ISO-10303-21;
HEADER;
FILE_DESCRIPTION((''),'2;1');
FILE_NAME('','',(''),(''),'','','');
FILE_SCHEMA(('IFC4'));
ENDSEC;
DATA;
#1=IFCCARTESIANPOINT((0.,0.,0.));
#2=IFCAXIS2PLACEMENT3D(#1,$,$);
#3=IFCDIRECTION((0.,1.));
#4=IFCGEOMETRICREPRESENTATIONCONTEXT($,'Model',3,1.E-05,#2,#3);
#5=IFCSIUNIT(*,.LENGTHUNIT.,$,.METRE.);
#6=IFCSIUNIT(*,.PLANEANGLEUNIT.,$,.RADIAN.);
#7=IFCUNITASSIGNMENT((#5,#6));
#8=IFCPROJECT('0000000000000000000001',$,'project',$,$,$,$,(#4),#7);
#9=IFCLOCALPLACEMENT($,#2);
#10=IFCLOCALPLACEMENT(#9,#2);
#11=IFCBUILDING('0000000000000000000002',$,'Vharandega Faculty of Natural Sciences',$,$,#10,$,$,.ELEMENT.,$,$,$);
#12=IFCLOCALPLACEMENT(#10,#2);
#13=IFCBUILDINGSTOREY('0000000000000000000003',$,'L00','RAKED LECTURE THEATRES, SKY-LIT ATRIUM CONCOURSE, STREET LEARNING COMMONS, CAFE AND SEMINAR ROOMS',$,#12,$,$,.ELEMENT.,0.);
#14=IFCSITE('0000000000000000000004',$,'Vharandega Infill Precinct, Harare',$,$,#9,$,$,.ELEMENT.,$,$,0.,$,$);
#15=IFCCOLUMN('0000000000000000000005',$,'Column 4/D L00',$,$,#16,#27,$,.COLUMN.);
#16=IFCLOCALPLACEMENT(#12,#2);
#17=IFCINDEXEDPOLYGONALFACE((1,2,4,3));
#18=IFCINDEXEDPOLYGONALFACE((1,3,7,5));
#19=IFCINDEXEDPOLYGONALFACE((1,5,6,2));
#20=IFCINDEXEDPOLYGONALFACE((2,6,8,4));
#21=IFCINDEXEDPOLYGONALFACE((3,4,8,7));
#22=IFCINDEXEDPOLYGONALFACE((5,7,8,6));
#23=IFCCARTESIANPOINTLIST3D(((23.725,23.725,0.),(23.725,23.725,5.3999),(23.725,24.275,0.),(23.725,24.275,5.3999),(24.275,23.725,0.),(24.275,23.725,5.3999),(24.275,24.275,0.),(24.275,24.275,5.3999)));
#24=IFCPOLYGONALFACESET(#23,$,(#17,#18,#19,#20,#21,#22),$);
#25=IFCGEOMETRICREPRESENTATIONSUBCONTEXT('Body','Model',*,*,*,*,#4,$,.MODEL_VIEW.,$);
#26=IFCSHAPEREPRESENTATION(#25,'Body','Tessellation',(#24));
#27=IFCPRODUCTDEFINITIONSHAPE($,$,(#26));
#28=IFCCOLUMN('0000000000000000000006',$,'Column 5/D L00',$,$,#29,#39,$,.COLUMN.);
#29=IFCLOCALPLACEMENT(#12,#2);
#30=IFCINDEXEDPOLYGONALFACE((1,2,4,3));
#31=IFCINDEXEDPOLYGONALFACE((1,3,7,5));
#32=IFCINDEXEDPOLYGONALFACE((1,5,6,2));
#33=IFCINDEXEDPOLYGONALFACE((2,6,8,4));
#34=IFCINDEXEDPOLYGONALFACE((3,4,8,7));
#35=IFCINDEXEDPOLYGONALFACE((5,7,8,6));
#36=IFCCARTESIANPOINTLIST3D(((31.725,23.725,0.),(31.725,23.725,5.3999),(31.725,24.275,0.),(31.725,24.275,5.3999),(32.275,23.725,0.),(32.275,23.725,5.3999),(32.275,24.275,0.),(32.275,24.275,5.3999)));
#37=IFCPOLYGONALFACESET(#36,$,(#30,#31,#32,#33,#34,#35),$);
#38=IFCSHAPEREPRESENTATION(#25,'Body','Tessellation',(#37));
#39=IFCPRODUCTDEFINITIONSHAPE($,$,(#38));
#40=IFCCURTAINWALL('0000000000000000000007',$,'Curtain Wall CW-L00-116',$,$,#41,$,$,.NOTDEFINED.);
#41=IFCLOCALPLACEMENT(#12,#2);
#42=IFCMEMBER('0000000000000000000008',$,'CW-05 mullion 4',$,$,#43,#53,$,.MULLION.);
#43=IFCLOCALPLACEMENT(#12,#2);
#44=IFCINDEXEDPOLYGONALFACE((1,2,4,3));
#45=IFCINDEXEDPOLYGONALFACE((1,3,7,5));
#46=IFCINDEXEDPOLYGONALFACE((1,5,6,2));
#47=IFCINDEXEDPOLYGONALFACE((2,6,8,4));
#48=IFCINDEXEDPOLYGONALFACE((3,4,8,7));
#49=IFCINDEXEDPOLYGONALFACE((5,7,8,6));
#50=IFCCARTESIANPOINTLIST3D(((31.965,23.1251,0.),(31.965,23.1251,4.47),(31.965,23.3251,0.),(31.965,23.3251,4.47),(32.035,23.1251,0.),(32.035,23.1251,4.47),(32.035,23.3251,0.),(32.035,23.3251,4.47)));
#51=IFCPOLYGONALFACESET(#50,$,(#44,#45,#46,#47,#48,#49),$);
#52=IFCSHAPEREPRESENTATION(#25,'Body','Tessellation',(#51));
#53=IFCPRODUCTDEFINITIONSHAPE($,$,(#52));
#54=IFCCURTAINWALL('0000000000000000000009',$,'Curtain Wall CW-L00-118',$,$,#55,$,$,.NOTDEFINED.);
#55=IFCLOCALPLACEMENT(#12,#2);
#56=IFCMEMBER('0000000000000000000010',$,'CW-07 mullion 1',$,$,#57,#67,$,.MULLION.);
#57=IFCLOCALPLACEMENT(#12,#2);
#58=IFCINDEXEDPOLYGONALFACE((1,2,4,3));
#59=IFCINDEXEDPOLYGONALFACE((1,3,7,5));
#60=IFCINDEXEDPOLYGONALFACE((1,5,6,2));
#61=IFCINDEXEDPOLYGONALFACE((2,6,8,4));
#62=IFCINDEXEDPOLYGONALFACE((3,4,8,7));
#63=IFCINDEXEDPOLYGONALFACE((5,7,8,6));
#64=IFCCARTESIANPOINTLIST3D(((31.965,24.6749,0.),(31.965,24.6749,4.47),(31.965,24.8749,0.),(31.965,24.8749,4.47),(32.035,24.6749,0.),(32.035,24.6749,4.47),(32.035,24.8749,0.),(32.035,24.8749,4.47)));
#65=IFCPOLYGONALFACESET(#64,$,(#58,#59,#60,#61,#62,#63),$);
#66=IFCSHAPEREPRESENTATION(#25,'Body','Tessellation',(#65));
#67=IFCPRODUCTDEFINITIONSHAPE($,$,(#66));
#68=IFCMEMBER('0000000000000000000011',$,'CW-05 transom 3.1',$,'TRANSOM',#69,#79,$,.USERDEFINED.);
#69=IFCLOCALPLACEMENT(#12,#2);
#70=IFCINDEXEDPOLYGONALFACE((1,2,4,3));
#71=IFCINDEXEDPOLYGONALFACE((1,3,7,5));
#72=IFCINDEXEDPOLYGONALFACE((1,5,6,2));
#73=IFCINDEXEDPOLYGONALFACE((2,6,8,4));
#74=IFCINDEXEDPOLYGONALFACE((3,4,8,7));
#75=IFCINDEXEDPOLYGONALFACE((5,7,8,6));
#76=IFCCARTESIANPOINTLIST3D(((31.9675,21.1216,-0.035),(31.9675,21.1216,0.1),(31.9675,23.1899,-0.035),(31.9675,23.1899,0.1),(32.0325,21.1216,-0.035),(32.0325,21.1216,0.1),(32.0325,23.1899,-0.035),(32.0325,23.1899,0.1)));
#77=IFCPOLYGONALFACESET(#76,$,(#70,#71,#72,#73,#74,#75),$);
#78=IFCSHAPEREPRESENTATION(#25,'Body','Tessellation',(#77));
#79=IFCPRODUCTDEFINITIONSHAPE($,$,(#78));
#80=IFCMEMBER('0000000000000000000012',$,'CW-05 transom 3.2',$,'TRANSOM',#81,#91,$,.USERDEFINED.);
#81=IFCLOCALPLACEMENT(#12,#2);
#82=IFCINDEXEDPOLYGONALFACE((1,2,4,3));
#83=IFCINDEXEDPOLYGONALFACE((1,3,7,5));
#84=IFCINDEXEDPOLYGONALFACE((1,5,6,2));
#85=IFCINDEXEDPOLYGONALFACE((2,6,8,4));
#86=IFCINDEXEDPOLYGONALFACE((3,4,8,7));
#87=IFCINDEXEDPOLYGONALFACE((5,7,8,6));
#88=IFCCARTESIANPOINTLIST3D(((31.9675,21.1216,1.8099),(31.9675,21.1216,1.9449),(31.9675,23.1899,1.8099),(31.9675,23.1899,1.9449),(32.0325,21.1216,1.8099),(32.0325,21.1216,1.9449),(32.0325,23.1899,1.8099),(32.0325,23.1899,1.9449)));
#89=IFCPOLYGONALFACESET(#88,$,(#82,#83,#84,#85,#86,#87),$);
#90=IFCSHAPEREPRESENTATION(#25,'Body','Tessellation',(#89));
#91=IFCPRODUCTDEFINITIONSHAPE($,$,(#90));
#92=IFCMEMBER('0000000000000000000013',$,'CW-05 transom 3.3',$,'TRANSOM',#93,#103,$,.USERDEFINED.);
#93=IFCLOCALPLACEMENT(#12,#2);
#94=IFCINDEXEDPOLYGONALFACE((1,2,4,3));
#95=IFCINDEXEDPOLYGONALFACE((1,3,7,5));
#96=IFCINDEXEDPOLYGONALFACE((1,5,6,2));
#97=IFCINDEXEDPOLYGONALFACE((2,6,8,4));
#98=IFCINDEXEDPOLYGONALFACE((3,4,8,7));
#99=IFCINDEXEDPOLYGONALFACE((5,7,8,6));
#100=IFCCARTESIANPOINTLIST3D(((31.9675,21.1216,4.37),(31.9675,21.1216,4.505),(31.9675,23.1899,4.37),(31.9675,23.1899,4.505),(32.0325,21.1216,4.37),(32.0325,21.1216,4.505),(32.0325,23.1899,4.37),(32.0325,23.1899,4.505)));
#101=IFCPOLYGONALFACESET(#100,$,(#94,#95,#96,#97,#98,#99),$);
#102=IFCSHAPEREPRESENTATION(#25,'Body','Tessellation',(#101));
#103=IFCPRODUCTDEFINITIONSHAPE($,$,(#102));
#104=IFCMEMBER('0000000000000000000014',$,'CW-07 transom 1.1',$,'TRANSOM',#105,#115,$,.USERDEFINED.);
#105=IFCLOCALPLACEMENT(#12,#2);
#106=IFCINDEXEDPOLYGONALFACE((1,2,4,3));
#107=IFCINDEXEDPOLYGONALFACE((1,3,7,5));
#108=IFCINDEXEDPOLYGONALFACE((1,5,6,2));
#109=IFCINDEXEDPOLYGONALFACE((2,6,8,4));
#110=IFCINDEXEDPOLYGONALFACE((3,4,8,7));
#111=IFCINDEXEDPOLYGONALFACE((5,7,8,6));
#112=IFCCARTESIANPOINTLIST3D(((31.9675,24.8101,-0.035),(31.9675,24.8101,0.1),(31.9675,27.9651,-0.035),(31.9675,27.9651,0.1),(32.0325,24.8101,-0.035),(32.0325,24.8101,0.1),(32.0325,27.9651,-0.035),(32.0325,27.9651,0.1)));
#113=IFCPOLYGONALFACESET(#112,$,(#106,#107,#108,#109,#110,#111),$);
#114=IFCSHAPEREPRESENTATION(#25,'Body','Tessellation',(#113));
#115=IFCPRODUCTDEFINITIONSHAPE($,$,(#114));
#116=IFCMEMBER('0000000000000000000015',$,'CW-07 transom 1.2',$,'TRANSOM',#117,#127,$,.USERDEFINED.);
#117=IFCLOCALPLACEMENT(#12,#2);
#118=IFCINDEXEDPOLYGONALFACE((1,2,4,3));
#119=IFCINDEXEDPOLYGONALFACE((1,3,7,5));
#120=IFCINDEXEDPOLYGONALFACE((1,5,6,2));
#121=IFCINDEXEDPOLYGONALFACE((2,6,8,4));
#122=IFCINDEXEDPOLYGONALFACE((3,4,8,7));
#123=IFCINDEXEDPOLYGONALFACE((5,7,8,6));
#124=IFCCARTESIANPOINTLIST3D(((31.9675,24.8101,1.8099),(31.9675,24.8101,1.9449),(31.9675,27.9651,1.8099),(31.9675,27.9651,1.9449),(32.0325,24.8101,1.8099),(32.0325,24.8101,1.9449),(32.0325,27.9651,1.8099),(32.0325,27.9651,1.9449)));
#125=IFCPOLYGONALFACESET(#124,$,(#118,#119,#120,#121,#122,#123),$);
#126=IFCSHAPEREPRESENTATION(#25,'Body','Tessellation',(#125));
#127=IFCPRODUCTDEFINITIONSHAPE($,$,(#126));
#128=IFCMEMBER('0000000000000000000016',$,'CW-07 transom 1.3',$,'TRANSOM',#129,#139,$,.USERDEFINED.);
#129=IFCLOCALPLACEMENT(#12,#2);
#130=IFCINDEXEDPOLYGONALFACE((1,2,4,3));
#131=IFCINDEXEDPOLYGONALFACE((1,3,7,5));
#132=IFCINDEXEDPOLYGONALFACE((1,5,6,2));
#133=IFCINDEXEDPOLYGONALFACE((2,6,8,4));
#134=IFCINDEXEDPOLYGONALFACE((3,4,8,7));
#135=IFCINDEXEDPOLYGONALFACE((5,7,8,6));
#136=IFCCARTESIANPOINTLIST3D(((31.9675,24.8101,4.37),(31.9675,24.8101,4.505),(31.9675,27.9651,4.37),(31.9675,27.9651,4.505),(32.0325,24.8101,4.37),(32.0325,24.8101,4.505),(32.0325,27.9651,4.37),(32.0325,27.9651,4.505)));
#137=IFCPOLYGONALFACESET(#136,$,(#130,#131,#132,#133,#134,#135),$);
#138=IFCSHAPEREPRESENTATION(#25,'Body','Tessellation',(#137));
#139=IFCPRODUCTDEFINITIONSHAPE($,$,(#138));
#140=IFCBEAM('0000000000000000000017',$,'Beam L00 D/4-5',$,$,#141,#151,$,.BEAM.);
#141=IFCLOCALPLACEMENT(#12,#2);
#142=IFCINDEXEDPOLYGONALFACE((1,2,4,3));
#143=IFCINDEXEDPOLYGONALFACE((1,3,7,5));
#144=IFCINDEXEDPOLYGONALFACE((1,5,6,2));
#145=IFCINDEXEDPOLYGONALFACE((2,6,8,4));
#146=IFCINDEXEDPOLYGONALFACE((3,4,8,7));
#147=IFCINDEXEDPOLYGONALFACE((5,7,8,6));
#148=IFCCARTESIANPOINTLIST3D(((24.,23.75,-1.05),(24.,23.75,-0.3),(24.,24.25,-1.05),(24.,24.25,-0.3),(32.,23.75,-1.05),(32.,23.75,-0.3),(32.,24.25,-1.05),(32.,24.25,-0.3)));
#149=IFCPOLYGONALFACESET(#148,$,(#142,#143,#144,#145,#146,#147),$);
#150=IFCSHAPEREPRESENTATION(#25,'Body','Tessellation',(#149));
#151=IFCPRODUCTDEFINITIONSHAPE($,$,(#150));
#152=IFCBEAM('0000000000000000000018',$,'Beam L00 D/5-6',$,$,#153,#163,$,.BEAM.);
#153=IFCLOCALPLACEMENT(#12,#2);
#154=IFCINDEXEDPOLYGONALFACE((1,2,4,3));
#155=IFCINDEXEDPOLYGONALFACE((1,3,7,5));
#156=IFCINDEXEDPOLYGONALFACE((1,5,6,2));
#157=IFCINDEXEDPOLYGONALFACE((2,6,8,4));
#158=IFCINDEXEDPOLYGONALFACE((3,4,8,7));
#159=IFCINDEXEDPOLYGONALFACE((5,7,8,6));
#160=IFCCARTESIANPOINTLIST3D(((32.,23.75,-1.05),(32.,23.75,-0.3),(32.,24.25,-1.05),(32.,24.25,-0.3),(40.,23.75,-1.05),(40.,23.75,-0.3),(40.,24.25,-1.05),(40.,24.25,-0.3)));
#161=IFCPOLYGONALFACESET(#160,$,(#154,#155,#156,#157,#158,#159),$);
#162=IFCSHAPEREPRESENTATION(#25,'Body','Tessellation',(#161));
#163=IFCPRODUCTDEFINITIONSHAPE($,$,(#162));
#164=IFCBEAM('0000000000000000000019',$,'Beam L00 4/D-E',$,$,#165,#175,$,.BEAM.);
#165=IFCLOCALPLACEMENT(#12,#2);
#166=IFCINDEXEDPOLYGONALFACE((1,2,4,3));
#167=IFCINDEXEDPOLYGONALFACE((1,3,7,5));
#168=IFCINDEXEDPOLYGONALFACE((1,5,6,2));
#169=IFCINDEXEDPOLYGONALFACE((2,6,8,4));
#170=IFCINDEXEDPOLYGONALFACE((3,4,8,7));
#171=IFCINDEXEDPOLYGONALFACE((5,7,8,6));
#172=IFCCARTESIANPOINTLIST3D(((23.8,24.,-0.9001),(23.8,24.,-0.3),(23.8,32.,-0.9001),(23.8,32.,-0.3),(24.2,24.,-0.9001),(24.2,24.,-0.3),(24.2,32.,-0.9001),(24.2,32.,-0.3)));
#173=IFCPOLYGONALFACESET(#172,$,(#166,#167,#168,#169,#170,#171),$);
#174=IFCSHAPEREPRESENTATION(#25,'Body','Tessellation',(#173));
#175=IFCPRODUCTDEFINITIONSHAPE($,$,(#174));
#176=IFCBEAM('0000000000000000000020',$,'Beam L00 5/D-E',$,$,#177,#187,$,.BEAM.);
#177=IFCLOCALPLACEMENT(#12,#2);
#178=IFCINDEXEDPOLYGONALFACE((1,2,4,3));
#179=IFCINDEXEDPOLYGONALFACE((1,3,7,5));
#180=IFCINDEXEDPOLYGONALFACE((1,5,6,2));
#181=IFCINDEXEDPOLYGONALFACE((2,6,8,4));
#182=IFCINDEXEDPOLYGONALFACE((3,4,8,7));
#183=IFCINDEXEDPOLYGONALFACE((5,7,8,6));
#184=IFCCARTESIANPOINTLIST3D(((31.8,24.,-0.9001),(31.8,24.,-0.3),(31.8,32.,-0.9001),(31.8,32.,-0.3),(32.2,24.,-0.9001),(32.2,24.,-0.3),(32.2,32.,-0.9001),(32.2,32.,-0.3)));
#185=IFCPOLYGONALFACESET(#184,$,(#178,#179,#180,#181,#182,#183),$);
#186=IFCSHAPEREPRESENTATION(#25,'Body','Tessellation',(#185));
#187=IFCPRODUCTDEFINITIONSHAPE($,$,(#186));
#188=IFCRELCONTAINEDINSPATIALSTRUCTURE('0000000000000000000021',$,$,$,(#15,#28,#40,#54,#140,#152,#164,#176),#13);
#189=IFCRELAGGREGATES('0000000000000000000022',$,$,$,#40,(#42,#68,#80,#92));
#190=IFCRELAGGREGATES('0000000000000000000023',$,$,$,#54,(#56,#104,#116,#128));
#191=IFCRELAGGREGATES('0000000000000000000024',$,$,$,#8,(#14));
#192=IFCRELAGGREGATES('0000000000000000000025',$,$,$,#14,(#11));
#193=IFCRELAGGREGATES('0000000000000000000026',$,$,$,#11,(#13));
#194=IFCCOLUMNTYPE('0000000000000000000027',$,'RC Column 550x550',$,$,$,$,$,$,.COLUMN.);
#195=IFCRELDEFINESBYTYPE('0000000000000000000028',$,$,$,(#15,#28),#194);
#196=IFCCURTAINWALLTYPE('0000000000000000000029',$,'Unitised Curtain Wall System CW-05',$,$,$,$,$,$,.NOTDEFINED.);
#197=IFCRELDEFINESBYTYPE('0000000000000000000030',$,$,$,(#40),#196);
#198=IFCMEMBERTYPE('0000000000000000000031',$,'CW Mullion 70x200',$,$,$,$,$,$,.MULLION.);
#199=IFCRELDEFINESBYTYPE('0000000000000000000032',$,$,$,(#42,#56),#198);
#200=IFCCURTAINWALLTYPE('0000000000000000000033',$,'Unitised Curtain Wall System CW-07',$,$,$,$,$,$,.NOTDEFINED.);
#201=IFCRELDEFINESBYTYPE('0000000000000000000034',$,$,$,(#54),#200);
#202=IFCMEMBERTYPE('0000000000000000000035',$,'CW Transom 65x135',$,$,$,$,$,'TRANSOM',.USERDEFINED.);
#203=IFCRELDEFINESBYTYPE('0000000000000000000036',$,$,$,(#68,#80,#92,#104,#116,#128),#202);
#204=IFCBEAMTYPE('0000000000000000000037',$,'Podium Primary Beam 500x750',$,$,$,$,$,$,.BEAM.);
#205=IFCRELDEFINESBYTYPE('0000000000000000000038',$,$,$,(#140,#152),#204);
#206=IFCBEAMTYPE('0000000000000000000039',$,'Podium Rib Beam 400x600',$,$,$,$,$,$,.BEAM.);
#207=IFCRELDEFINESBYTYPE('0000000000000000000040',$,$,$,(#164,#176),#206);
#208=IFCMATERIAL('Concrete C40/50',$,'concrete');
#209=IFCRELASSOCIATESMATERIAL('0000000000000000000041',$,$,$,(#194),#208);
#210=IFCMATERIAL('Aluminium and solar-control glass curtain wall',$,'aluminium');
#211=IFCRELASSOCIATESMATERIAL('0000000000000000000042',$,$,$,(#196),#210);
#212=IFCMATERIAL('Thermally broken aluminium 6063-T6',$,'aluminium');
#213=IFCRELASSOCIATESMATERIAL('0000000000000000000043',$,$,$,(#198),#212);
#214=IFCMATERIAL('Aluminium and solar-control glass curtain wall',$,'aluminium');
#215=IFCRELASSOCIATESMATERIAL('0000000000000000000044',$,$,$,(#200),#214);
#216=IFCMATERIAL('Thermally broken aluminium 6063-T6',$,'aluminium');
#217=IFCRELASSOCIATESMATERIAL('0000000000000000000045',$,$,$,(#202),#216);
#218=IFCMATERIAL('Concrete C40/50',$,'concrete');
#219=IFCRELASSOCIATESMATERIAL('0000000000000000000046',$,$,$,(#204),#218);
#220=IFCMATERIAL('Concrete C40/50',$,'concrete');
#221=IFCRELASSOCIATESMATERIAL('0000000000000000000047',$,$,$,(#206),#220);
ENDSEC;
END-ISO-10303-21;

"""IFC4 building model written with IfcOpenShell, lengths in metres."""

from ifc_helpers import new_model, si_unit, direction, frame, origin, origin_2d, place, context, subcontext, project, spatial, rectangle, extrude, material, material_profile, profile_set, type_object, element, aggregate, save


model = new_model("IFC4")

# Units and contexts
model_context = context("Model", 3, precision=1e-05, world=origin(), true_north=direction((0.0, 1.0)))
body_context = subcontext(model_context, "Body", "Model", "MODEL_VIEW")
ifc_project = project(units=[si_unit("LENGTHUNIT", "METRE"), si_unit("PLANEANGLEUNIT", "RADIAN")], contexts=[model_context])

# Site, building, storey
site_placement = place(None, origin())
site = spatial("IfcSite", under=ifc_project, at=site_placement, Name="Vharandega Infill Precinct, Harare", CompositionType="ELEMENT", RefElevation=0.0)
building_placement = place(site_placement, origin())
building = spatial("IfcBuilding", under=site, at=building_placement, Name="Vharandega Faculty of Natural Sciences", CompositionType="ELEMENT")
storey_placement = place(building_placement, origin())
storey = spatial("IfcBuildingStorey", under=building, at=storey_placement, Name="L00", Description="RAKED LECTURE THEATRES, SKY-LIT ATRIUM CONCOURSE, STREET LEARNING COMMONS, CAFE AND SEMINAR ROOMS", CompositionType="ELEMENT", Elevation=0.0)

# Columns
ifc_material_1 = material(Name="Concrete C40/50", Category="concrete")
ifc_material_profile_1 = material_profile(ifc_material_1, rectangle(XDim=0.55, YDim=0.55, at=origin_2d()), Name="RC 550x550")
ifc_profile_set_1 = profile_set([ifc_material_profile_1], Name="Concrete C40/50")
column_type = type_object("IfcColumnType", Name="RC Column 550x550", PredefinedType="COLUMN", material=ifc_profile_set_1)
for number, where, z_axis, x_axis, name in (
    (1, (24.0, 24.0, 0.0), (0.0, 0.0, 1.0), (1.0, 0.0, 0.0), "Column 4/D L00"),
    (2, (32.0, 24.0, 0.0), (0.0, 0.0, 1.0), (1.0, 0.0, 0.0), "Column 5/D L00"),
):
    element("IfcColumn", number, at=place(storey_placement, frame(where, z_axis=z_axis, x_axis=x_axis)), inside=storey, type_object=column_type, Name=name, PredefinedType="COLUMN", context=body_context, shape_type="SweptSolid", body=[
        extrude(rectangle(XDim=0.55, YDim=0.55, at=origin_2d()), origin(), (0.0, 0.0, 1.0), 5.3999),
    ])

# Curtain walls, members
ifc_material_2 = material(Name="Aluminium and solar-control glass curtain wall", Category="aluminium")
curtain_wall_type_1 = type_object("IfcCurtainWallType", Name="Unitised Curtain Wall System CW-05", PredefinedType="NOTDEFINED", material=ifc_material_2)
curtain_wall_1_placement = place(storey_placement, origin())
curtain_wall_1 = element("IfcCurtainWall", 3, at=curtain_wall_1_placement, inside=storey, type_object=curtain_wall_type_1, Name="Curtain Wall CW-L00-116", PredefinedType="NOTDEFINED")
ifc_material_3 = material(Name="Thermally broken aluminium 6063-T6", Category="aluminium")
ifc_material_profile_2 = material_profile(ifc_material_3, rectangle(XDim=0.0701, YDim=0.2, at=origin_2d()), Name="ALU 70x200")
ifc_profile_set_2 = profile_set([ifc_material_profile_2], Name="Thermally broken aluminium 6063-T6")
member_type_1 = type_object("IfcMemberType", Name="CW Mullion 70x200", PredefinedType="MULLION", material=ifc_profile_set_2)
member_1_placement = place(storey_placement, frame((32.0, 23.2251, 0.0), z_axis=(0.0, 0.0, 1.0), x_axis=(-1.0, 0.0, 0.0)))
member_1 = element("IfcMember", 4, at=member_1_placement, type_object=member_type_1, Name="CW-05 mullion 4", PredefinedType="MULLION", context=body_context, shape_type="SweptSolid", body=[
    extrude(rectangle(XDim=0.0701, YDim=0.2, at=origin_2d()), origin(), (0.0, 0.0, 1.0), 4.47),
])
ifc_material_4 = material(Name="Aluminium and solar-control glass curtain wall", Category="aluminium")
curtain_wall_type_2 = type_object("IfcCurtainWallType", Name="Unitised Curtain Wall System CW-07", PredefinedType="NOTDEFINED", material=ifc_material_4)
curtain_wall_2_placement = place(storey_placement, origin())
curtain_wall_2 = element("IfcCurtainWall", 5, at=curtain_wall_2_placement, inside=storey, type_object=curtain_wall_type_2, Name="Curtain Wall CW-L00-118", PredefinedType="NOTDEFINED")
member_2_placement = place(storey_placement, frame((32.0, 24.7749, 0.0), z_axis=(0.0, 0.0, 1.0), x_axis=(-1.0, 0.0, 0.0)))
member_2 = element("IfcMember", 6, at=member_2_placement, type_object=member_type_1, Name="CW-07 mullion 1", PredefinedType="MULLION", context=body_context, shape_type="SweptSolid", body=[
    extrude(rectangle(XDim=0.0701, YDim=0.2, at=origin_2d()), origin(), (0.0, 0.0, 1.0), 4.47),
])

# Members
ifc_material_5 = material(Name="Thermally broken aluminium 6063-T6", Category="aluminium")
ifc_material_profile_3 = material_profile(ifc_material_5, rectangle(XDim=0.0649, YDim=0.135, at=origin_2d()), Name="ALU 65x135")
ifc_profile_set_3 = profile_set([ifc_material_profile_3], Name="Thermally broken aluminium 6063-T6")
member_type_2 = type_object("IfcMemberType", Name="CW Transom 65x135", ElementType="TRANSOM", PredefinedType="USERDEFINED", material=ifc_profile_set_3)
member_3_placement = place(storey_placement, frame((32.0, 21.1216, 0.0325), z_axis=(0.0, 1.0, 0.0), x_axis=(-1.0, 0.0, 0.0)))
member_3 = element("IfcMember", 7, at=member_3_placement, type_object=member_type_2, Name="CW-05 transom 3.1", ObjectType="TRANSOM", PredefinedType="USERDEFINED", context=body_context, shape_type="SweptSolid", body=[
    extrude(rectangle(XDim=0.0649, YDim=0.135, at=origin_2d()), origin(), (0.0, 0.0, 1.0), 2.0684),
])
member_4_placement = place(storey_placement, frame((32.0, 21.1216, 1.8774), z_axis=(0.0, 1.0, 0.0), x_axis=(-1.0, 0.0, 0.0)))
member_4 = element("IfcMember", 8, at=member_4_placement, type_object=member_type_2, Name="CW-05 transom 3.2", ObjectType="TRANSOM", PredefinedType="USERDEFINED", context=body_context, shape_type="SweptSolid", body=[
    extrude(rectangle(XDim=0.0649, YDim=0.135, at=origin_2d()), origin(), (0.0, 0.0, 1.0), 2.0684),
])
member_5_placement = place(storey_placement, frame((32.0, 21.1216, 4.4375), z_axis=(0.0, 1.0, 0.0), x_axis=(-1.0, 0.0, 0.0)))
member_5 = element("IfcMember", 9, at=member_5_placement, type_object=member_type_2, Name="CW-05 transom 3.3", ObjectType="TRANSOM", PredefinedType="USERDEFINED", context=body_context, shape_type="SweptSolid", body=[
    extrude(rectangle(XDim=0.0649, YDim=0.135, at=origin_2d()), origin(), (0.0, 0.0, 1.0), 2.0684),
])
member_6_placement = place(storey_placement, frame((32.0, 24.8101, 0.0325), z_axis=(0.0, 1.0, 0.0), x_axis=(-1.0, 0.0, 0.0)))
member_6 = element("IfcMember", 10, at=member_6_placement, type_object=member_type_2, Name="CW-07 transom 1.1", ObjectType="TRANSOM", PredefinedType="USERDEFINED", context=body_context, shape_type="SweptSolid", body=[
    extrude(rectangle(XDim=0.0649, YDim=0.135, at=origin_2d()), origin(), (0.0, 0.0, 1.0), 3.155),
])
member_7_placement = place(storey_placement, frame((32.0, 24.8101, 1.8774), z_axis=(0.0, 1.0, 0.0), x_axis=(-1.0, 0.0, 0.0)))
member_7 = element("IfcMember", 11, at=member_7_placement, type_object=member_type_2, Name="CW-07 transom 1.2", ObjectType="TRANSOM", PredefinedType="USERDEFINED", context=body_context, shape_type="SweptSolid", body=[
    extrude(rectangle(XDim=0.0649, YDim=0.135, at=origin_2d()), origin(), (0.0, 0.0, 1.0), 3.155),
])
member_8_placement = place(storey_placement, frame((32.0, 24.8101, 4.4375), z_axis=(0.0, 1.0, 0.0), x_axis=(-1.0, 0.0, 0.0)))
member_8 = element("IfcMember", 12, at=member_8_placement, type_object=member_type_2, Name="CW-07 transom 1.3", ObjectType="TRANSOM", PredefinedType="USERDEFINED", context=body_context, shape_type="SweptSolid", body=[
    extrude(rectangle(XDim=0.0649, YDim=0.135, at=origin_2d()), origin(), (0.0, 0.0, 1.0), 3.155),
])

# Beams
ifc_material_6 = material(Name="Concrete C40/50", Category="concrete")
ifc_material_profile_4 = material_profile(ifc_material_6, rectangle(XDim=0.5, YDim=0.75, at=origin_2d()), Name="RC 500x750")
ifc_profile_set_4 = profile_set([ifc_material_profile_4], Name="Concrete C40/50")
beam_type_1 = type_object("IfcBeamType", Name="Podium Primary Beam 500x750", PredefinedType="BEAM", material=ifc_profile_set_4)
for number, where, z_axis, x_axis, name in (
    (13, (24.0, 24.0, -0.675), (1.0, 0.0, 0.0), (0.0, 1.0, 0.0), "Beam L00 D/4-5"),
    (14, (32.0, 24.0, -0.675), (1.0, 0.0, 0.0), (0.0, 1.0, 0.0), "Beam L00 D/5-6"),
):
    element("IfcBeam", number, at=place(storey_placement, frame(where, z_axis=z_axis, x_axis=x_axis)), inside=storey, type_object=beam_type_1, Name=name, PredefinedType="BEAM", context=body_context, shape_type="SweptSolid", body=[
        extrude(rectangle(XDim=0.5, YDim=0.75, at=origin_2d()), origin(), (0.0, 0.0, 1.0), 8.0),
    ])
ifc_material_7 = material(Name="Concrete C40/50", Category="concrete")
ifc_material_profile_5 = material_profile(ifc_material_7, rectangle(XDim=0.3999, YDim=0.6001, at=origin_2d()), Name="RC 400x600")
ifc_profile_set_5 = profile_set([ifc_material_profile_5], Name="Concrete C40/50")
beam_type_2 = type_object("IfcBeamType", Name="Podium Rib Beam 400x600", PredefinedType="BEAM", material=ifc_profile_set_5)
for number, where, z_axis, x_axis, name in (
    (15, (24.0, 24.0, -0.6001), (0.0, 1.0, 0.0), (-1.0, 0.0, 0.0), "Beam L00 4/D-E"),
    (16, (32.0, 24.0, -0.6001), (0.0, 1.0, 0.0), (-1.0, 0.0, 0.0), "Beam L00 5/D-E"),
):
    element("IfcBeam", number, at=place(storey_placement, frame(where, z_axis=z_axis, x_axis=x_axis)), inside=storey, type_object=beam_type_2, Name=name, PredefinedType="BEAM", context=body_context, shape_type="SweptSolid", body=[
        extrude(rectangle(XDim=0.3999, YDim=0.6001, at=origin_2d()), origin(), (0.0, 0.0, 1.0), 8.0),
    ])

aggregate(curtain_wall_1, [member_1, member_3, member_4, member_5])
aggregate(curtain_wall_2, [member_2, member_6, member_7, member_8])

save(model, "model.ifc")
